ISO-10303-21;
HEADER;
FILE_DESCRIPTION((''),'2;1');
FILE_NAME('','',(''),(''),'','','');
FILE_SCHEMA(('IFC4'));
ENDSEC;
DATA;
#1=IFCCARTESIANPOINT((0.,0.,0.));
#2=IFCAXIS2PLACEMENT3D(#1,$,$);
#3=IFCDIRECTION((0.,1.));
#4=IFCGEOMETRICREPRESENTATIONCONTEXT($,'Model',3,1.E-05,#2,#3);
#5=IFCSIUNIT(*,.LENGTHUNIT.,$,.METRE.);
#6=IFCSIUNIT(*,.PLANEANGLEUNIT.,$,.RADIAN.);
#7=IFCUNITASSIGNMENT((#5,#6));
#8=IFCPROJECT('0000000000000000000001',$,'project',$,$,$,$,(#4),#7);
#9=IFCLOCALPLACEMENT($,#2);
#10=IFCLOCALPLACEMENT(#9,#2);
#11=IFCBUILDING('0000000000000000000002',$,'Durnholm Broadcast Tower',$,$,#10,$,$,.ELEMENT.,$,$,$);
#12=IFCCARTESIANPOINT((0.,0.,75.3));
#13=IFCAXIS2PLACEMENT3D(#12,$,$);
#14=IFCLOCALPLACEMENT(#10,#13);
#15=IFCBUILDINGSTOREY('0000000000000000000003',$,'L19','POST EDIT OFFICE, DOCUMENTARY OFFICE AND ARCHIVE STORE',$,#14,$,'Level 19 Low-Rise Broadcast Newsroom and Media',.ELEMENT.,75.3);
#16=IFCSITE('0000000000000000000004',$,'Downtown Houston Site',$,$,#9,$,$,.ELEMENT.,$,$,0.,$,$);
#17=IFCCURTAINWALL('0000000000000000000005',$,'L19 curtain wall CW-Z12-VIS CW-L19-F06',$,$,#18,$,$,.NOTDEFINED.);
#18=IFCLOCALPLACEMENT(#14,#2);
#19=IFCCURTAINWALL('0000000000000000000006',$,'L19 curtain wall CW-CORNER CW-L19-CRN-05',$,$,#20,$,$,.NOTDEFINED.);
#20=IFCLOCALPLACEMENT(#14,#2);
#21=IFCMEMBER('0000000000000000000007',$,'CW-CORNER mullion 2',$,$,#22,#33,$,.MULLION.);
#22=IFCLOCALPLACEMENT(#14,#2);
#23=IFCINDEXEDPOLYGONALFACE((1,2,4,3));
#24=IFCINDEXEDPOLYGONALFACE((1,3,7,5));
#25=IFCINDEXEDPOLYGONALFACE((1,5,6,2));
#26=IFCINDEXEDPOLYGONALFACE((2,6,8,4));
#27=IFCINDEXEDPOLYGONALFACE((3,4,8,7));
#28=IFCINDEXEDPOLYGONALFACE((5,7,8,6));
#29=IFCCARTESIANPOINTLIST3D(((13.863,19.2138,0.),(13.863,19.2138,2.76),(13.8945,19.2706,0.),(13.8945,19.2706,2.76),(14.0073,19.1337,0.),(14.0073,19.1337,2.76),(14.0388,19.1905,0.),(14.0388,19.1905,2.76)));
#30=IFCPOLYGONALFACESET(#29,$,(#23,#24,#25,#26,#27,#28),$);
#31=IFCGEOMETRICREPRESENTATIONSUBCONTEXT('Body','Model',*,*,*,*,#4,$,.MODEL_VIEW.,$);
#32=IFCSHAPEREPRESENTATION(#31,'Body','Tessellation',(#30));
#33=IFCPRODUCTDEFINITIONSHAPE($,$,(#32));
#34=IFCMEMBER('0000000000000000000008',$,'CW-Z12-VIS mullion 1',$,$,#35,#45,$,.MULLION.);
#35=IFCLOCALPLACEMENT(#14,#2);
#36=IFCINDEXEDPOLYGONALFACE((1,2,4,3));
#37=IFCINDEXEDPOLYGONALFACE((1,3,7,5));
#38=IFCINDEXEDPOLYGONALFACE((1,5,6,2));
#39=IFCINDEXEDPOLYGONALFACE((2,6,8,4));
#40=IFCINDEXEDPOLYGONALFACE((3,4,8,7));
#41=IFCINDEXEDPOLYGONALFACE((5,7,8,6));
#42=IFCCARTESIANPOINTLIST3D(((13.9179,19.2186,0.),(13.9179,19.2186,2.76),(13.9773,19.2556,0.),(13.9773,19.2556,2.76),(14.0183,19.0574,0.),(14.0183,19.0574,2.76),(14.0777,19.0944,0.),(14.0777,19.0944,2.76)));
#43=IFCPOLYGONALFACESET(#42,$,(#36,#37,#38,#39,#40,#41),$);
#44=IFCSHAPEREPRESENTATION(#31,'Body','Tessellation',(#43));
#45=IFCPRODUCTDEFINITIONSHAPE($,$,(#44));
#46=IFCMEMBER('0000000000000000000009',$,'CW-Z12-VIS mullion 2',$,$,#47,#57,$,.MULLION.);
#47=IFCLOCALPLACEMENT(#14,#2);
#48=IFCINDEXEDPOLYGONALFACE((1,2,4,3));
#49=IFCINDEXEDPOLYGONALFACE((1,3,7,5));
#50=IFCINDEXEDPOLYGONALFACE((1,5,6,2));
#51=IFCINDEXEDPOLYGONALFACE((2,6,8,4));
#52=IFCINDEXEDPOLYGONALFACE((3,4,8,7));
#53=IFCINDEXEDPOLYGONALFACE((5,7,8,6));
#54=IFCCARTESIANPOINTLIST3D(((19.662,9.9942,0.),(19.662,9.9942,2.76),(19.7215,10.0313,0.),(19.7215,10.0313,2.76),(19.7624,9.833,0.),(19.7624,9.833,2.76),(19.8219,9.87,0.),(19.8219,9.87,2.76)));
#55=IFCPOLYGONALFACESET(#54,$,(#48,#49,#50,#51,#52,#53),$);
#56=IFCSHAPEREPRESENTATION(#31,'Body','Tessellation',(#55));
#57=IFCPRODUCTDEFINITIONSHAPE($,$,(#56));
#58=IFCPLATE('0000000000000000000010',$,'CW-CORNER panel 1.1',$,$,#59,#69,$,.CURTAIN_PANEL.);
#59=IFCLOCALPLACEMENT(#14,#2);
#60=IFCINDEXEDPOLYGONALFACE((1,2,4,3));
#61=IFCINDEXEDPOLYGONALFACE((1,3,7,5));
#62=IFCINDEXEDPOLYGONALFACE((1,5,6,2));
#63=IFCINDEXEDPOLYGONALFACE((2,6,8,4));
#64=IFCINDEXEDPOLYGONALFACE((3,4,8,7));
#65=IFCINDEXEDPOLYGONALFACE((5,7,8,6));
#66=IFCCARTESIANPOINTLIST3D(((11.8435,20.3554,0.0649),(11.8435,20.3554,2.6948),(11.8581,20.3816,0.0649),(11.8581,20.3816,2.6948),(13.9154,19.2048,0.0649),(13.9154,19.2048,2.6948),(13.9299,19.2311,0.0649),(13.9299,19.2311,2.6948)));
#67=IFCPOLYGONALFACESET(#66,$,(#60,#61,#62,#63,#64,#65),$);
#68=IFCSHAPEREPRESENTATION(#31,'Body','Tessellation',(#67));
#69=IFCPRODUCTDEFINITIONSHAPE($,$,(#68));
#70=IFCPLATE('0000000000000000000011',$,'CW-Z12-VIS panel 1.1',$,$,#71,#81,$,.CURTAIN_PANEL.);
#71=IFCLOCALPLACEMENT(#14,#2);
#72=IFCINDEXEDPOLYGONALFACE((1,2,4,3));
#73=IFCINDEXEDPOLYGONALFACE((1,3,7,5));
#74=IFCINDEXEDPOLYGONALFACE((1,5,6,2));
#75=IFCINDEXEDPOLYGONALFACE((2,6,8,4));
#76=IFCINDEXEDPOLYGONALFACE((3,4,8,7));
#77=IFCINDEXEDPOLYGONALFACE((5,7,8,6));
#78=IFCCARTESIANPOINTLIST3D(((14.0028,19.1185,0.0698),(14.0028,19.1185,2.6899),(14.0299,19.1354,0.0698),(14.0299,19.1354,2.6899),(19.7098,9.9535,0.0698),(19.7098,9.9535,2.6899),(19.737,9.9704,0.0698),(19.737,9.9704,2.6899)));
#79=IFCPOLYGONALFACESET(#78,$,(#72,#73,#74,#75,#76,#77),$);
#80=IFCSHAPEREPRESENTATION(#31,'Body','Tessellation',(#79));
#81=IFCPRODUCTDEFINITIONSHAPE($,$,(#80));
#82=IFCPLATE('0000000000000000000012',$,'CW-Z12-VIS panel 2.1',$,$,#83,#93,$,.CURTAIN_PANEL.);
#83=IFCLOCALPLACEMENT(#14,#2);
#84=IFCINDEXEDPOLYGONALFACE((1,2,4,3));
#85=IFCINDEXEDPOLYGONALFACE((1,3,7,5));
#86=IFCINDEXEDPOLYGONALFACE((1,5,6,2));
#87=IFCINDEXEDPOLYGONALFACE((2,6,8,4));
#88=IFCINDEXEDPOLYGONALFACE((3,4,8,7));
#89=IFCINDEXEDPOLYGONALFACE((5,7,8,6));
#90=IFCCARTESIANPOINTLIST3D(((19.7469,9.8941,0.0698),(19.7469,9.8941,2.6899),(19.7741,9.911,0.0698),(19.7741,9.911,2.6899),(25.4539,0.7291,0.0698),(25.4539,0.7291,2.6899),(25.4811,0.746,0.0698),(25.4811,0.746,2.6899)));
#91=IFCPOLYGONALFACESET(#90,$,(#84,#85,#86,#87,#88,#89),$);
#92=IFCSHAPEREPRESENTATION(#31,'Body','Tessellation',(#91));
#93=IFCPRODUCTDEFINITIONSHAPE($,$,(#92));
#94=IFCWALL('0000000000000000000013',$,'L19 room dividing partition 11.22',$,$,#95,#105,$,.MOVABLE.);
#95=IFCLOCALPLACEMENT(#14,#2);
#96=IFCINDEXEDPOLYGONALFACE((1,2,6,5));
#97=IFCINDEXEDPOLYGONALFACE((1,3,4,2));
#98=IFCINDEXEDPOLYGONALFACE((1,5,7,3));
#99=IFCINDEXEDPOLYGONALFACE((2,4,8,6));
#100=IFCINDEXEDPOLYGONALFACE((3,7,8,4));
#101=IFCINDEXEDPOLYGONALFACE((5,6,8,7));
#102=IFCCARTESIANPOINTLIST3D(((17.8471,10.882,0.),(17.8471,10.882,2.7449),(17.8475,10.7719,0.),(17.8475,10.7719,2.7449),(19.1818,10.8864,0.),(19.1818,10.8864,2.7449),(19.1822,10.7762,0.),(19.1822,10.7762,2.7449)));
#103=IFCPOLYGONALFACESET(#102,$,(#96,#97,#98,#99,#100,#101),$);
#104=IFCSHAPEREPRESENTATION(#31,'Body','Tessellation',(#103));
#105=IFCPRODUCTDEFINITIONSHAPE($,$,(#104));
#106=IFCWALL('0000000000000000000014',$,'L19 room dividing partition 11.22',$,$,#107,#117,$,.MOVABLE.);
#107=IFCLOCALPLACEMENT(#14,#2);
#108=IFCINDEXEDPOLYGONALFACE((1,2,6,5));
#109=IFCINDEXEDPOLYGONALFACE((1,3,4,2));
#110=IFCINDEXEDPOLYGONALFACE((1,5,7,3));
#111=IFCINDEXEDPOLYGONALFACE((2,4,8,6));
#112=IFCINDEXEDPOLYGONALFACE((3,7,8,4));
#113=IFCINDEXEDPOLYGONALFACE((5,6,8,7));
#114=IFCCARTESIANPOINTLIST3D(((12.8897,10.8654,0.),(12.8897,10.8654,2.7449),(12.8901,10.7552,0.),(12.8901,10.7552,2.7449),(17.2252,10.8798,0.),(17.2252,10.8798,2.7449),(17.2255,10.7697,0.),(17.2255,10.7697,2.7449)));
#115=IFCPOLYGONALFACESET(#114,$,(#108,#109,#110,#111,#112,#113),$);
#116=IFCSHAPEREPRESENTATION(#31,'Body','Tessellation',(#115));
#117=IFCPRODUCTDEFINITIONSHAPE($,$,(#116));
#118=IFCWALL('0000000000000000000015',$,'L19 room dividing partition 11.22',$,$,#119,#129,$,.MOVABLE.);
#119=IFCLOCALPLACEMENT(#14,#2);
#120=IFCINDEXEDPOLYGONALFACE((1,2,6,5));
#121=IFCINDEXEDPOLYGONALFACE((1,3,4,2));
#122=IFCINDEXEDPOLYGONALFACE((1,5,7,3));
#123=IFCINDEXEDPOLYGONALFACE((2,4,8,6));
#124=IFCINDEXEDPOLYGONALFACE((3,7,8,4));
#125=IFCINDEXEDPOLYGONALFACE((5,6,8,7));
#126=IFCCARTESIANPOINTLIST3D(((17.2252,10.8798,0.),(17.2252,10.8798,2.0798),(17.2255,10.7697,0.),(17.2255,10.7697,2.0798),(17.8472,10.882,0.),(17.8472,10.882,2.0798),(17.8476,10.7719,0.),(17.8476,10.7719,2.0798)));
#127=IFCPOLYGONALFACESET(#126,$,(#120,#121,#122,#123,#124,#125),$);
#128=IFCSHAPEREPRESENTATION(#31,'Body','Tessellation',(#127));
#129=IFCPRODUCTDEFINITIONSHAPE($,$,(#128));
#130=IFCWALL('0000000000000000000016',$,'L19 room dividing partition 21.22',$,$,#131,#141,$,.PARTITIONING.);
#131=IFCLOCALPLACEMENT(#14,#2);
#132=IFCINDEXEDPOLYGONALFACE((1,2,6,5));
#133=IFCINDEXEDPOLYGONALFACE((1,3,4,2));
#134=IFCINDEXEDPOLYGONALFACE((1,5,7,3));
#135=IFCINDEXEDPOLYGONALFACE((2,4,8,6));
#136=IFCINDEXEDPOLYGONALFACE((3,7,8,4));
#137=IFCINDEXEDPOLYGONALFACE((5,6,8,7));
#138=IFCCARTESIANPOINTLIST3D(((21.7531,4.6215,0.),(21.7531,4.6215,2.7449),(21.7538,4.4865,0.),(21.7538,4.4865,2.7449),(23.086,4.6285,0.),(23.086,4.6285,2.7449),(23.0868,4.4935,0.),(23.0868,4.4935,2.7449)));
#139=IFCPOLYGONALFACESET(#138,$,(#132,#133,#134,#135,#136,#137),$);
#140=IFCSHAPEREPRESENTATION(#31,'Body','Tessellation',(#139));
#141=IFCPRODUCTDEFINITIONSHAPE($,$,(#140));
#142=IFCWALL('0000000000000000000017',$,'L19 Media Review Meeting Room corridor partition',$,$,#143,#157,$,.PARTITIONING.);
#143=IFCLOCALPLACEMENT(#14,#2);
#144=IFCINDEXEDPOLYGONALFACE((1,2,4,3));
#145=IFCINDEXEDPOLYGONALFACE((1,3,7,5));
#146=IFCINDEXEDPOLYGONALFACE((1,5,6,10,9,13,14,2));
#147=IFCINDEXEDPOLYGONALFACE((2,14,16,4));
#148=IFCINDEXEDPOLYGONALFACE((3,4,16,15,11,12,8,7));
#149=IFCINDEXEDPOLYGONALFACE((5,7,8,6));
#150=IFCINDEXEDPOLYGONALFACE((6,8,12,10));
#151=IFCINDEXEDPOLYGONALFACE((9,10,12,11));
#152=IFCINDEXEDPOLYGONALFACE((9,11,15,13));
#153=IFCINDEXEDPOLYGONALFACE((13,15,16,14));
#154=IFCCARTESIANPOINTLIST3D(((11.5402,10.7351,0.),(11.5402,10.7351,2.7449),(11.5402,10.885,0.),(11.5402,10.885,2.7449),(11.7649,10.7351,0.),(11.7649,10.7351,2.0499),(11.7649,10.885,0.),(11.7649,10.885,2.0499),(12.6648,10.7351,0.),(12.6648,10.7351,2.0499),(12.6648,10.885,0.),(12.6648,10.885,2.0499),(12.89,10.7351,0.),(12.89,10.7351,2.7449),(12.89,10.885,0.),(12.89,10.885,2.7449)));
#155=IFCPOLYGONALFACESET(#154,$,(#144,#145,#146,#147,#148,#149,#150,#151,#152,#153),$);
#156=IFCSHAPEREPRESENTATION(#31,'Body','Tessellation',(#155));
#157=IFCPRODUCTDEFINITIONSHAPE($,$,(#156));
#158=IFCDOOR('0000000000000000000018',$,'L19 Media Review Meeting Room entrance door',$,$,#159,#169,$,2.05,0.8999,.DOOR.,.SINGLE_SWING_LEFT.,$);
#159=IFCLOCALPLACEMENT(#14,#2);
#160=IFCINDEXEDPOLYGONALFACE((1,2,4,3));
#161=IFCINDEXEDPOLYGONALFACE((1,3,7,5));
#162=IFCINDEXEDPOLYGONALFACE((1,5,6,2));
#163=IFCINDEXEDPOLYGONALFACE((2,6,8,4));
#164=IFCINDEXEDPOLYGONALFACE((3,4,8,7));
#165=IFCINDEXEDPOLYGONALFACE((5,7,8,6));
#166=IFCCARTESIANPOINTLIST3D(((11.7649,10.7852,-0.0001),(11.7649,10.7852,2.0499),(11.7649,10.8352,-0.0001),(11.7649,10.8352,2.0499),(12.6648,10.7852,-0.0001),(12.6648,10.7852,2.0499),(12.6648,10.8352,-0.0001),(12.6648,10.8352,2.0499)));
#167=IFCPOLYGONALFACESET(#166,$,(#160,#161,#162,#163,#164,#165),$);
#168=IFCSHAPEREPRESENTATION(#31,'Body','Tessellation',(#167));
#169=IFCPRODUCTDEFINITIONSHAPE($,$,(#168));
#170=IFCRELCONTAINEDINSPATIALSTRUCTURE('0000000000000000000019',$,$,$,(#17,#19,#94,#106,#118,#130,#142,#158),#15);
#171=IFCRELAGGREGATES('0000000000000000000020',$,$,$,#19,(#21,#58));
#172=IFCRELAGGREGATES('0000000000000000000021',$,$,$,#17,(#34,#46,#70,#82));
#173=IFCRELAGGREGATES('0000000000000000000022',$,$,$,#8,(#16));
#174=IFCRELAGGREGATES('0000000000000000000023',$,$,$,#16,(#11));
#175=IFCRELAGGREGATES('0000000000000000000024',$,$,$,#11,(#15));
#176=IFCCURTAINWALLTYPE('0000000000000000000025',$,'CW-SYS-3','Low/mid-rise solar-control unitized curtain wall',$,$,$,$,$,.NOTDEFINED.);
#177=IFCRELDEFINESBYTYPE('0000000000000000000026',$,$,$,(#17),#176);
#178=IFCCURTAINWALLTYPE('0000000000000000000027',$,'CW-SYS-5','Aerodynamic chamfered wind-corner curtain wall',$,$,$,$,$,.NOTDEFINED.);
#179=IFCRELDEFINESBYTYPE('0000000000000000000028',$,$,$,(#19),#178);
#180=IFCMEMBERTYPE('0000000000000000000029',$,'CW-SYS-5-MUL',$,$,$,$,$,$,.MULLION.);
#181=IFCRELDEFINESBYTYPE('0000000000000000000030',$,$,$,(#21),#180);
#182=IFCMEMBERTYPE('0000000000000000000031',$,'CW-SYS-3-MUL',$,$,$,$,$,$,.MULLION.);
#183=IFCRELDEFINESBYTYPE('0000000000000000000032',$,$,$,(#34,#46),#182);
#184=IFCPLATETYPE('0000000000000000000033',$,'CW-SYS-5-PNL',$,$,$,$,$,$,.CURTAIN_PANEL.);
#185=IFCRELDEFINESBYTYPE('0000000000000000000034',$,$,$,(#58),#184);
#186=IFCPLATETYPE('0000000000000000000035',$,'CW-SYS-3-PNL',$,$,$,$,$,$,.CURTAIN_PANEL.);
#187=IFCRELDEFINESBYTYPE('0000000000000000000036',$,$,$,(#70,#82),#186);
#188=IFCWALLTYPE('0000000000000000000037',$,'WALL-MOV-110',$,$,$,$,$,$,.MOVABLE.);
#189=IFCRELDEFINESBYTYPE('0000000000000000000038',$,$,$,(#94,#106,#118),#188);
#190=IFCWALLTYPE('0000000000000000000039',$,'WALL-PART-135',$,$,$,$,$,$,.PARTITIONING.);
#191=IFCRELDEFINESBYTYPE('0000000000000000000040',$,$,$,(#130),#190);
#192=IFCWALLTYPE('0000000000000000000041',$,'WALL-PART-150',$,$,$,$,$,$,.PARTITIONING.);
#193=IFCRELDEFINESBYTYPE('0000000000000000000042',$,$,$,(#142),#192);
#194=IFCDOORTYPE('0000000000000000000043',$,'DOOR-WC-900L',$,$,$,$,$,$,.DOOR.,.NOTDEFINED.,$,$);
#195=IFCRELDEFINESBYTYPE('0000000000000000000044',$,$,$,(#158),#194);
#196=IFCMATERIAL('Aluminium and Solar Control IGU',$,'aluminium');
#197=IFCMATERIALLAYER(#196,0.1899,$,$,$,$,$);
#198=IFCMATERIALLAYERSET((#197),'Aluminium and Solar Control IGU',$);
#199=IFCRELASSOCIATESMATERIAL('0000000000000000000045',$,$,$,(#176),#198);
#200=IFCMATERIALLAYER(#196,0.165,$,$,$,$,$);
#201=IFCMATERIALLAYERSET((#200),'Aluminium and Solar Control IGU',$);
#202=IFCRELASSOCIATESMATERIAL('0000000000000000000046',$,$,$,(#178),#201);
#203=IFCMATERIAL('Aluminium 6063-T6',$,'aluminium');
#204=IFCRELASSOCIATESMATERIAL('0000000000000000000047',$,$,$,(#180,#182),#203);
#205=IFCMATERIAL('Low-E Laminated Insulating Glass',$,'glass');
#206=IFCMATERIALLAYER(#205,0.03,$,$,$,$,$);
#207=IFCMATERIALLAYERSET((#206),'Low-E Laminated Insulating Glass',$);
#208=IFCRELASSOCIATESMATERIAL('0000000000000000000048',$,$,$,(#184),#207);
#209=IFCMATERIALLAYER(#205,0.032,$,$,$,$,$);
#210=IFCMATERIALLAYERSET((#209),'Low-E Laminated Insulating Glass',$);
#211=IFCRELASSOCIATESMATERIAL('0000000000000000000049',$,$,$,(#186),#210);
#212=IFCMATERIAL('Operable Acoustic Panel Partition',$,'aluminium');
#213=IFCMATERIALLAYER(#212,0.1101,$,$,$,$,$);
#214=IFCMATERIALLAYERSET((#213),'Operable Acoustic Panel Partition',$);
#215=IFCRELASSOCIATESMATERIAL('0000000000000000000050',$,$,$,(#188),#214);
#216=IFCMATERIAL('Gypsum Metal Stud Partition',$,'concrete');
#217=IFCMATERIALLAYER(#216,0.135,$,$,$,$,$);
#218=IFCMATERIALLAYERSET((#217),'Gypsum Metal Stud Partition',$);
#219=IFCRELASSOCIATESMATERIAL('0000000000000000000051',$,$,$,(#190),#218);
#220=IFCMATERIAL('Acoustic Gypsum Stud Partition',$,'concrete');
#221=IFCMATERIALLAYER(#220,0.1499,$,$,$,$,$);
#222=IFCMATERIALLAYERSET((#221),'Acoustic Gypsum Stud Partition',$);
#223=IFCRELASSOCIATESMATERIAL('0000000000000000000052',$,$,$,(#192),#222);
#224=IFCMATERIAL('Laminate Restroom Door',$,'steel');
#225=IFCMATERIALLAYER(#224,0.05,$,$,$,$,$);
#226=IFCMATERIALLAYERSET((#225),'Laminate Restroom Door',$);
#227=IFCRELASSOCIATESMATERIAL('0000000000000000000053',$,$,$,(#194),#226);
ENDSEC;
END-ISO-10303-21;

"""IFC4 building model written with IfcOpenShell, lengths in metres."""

from ifc_helpers import new_model, si_unit, direction, frame, frame_2d, origin, origin_2d, place, context, subcontext, project, spatial, rectangle, extrude, source, transform, mapped, material, layer, layer_set, material_profile, profile_set, type_object, type_shapes, element, fill, aggregate, save


model = new_model("IFC4")

# Units and contexts
model_context = context("Model", 3, precision=1e-05, world=origin(), true_north=direction((0.0, 1.0)))
body_context = subcontext(model_context, "Body", "Model", "MODEL_VIEW")
ifc_project = project(units=[si_unit("LENGTHUNIT", "METRE"), si_unit("PLANEANGLEUNIT", "RADIAN")], contexts=[model_context])

# Site, building, storey
site_placement = place(None, origin())
site = spatial("IfcSite", under=ifc_project, at=site_placement, Name="Downtown Houston Site", CompositionType="ELEMENT", RefElevation=0.0)
building_placement = place(site_placement, origin())
building = spatial("IfcBuilding", under=site, at=building_placement, Name="Durnholm Broadcast Tower", CompositionType="ELEMENT")
storey_placement = place(building_placement, frame((0.0, 0.0, 75.3)))
storey = spatial("IfcBuildingStorey", under=building, at=storey_placement, Name="L19", Description="POST EDIT OFFICE, DOCUMENTARY OFFICE AND ARCHIVE STORE", LongName="Level 19 Low-Rise Broadcast Newsroom and Media", CompositionType="ELEMENT", Elevation=75.3)

# Curtain wall
ifc_material_1 = material(Name="Aluminium and Solar Control IGU", Category="aluminium")
ifc_layer_1 = layer(ifc_material_1, 0.1899)
ifc_layer_set_1 = layer_set([ifc_layer_1], Name="Aluminium and Solar Control IGU")
curtain_wall_type_1 = type_object("IfcCurtainWallType", Name="CW-SYS-3", Description="Low/mid-rise solar-control unitized curtain wall", PredefinedType="NOTDEFINED", material=ifc_layer_set_1)
curtain_wall_1_placement = place(storey_placement, origin())
curtain_wall_1 = element("IfcCurtainWall", 1, at=curtain_wall_1_placement, inside=storey, type_object=curtain_wall_type_1, Name="L19 curtain wall CW-Z12-VIS CW-L19-F06", PredefinedType="NOTDEFINED")
ifc_material_2 = material(Name="Aluminium 6063-T6", Category="aluminium")

# Curtain wall, member
ifc_layer_2 = layer(ifc_material_1, 0.165)
ifc_layer_set_2 = layer_set([ifc_layer_2], Name="Aluminium and Solar Control IGU")
curtain_wall_type_2 = type_object("IfcCurtainWallType", Name="CW-SYS-5", Description="Aerodynamic chamfered wind-corner curtain wall", PredefinedType="NOTDEFINED", material=ifc_layer_set_2)
curtain_wall_2_placement = place(storey_placement, origin())
curtain_wall_2 = element("IfcCurtainWall", 2, at=curtain_wall_2_placement, inside=storey, type_object=curtain_wall_type_2, Name="L19 curtain wall CW-CORNER CW-L19-CRN-05", PredefinedType="NOTDEFINED")
ifc_material_profile_1 = material_profile(ifc_material_2, rectangle(XDim=0.0649, YDim=0.165, at=origin_2d()), Name="CWM65X165")
ifc_profile_set_1 = profile_set([ifc_material_profile_1], Name="Aluminium 6063-T6")
member_type_1 = type_object("IfcMemberType", Name="CW-SYS-5-MUL", PredefinedType="MULLION", material=ifc_profile_set_1)
shared_shape_1 = source(origin(), body_context, "Body", "SweptSolid", [
    extrude(rectangle(XDim=0.0649, YDim=0.165, at=origin_2d()), origin(), (0.0, 0.0, 1.0), 2.76),
])
type_shapes(member_type_1, [shared_shape_1])
member_1_placement = place(storey_placement, frame((13.9509, 19.2021, 0.0), z_axis=(0.0, 0.0, 1.0), x_axis=(0.485483, 0.874246, 0.0)))
member_1 = element("IfcMember", 3, at=member_1_placement, type_object=member_type_1, Name="CW-CORNER mullion 2", PredefinedType="MULLION", context=body_context, shape_type="MappedRepresentation", body=[
    mapped(shared_shape_1, transform((0.0, 0.0, 0.0), x_axis=(1.0, 0.0, 0.0), y_axis=(0.0, 1.0, 0.0), z_axis=(0.0, 0.0, 1.0), scale=1.0)),
])

# Members
ifc_material_profile_2 = material_profile(ifc_material_2, rectangle(XDim=0.0701, YDim=0.1899, at=origin_2d()), Name="CWM70X190")
ifc_profile_set_2 = profile_set([ifc_material_profile_2], Name="Aluminium 6063-T6")
member_type_2 = type_object("IfcMemberType", Name="CW-SYS-3-MUL", PredefinedType="MULLION", material=ifc_profile_set_2)
shared_shape_2 = source(origin(), body_context, "Body", "SweptSolid", [
    extrude(rectangle(XDim=0.0701, YDim=0.1899, at=origin_2d()), origin(), (0.0, 0.0, 1.0), 2.76),
])
type_shapes(member_type_2, [shared_shape_2])
member_2_placement = place(storey_placement, frame((13.9978, 19.1565, 0.0), z_axis=(0.0, 0.0, 1.0), x_axis=(0.848876, 0.528592, 0.0)))
member_2 = element("IfcMember", 4, at=member_2_placement, type_object=member_type_2, Name="CW-Z12-VIS mullion 1", PredefinedType="MULLION", context=body_context, shape_type="MappedRepresentation", body=[
    mapped(shared_shape_2, transform((0.0, 0.0, 0.0), x_axis=(1.0, 0.0, 0.0), y_axis=(0.0, 1.0, 0.0), z_axis=(0.0, 0.0, 1.0), scale=1.0)),
])
member_3_placement = place(storey_placement, frame((19.7419, 9.9321, 0.0), z_axis=(0.0, 0.0, 1.0), x_axis=(0.848876, 0.528592, 0.0)))
member_3 = element("IfcMember", 5, at=member_3_placement, type_object=member_type_2, Name="CW-Z12-VIS mullion 2", PredefinedType="MULLION", context=body_context, shape_type="MappedRepresentation", body=[
    mapped(shared_shape_2, transform((0.0, 0.0, 0.0), x_axis=(1.0, 0.0, 0.0), y_axis=(0.0, 1.0, 0.0), z_axis=(0.0, 0.0, 1.0), scale=1.0)),
])

# Plates
ifc_material_3 = material(Name="Low-E Laminated Insulating Glass", Category="glass")
ifc_layer_3 = layer(ifc_material_3, 0.03)
ifc_layer_set_3 = layer_set([ifc_layer_3], Name="Low-E Laminated Insulating Glass")
plate_type_1 = type_object("IfcPlateType", Name="CW-SYS-5-PNL", PredefinedType="CURTAIN_PANEL", material=ifc_layer_set_3)
shared_shape_3 = source(origin(), body_context, "Body", "SweptSolid", [
    extrude(rectangle(XDim=2.3699, YDim=0.03, at=origin_2d()), origin(), (0.0, 0.0, 1.0), 2.6299),
])
type_shapes(plate_type_1, [shared_shape_3])
plate_1_placement = place(storey_placement, frame((12.8867, 19.7932, 0.0649), z_axis=(0.0, 0.0, 1.0), x_axis=(0.874246, -0.485483, 0.0)))
plate_1 = element("IfcPlate", 6, at=plate_1_placement, type_object=plate_type_1, Name="CW-CORNER panel 1.1", PredefinedType="CURTAIN_PANEL", context=body_context, shape_type="MappedRepresentation", body=[
    mapped(shared_shape_3, transform((0.0, 0.0, 0.0), x_axis=(1.0, 0.0, 0.0), y_axis=(0.0, 1.0, 0.0), z_axis=(0.0, 0.0, 1.0), scale=1.0)),
])
aggregate(curtain_wall_2, [member_1, plate_1])
ifc_layer_4 = layer(ifc_material_3, 0.032)
ifc_layer_set_4 = layer_set([ifc_layer_4], Name="Low-E Laminated Insulating Glass")
plate_type_2 = type_object("IfcPlateType", Name="CW-SYS-3-PNL", PredefinedType="CURTAIN_PANEL", material=ifc_layer_set_4)
shared_shape_4 = source(origin(), body_context, "Body", "SweptSolid", [
    extrude(rectangle(XDim=10.7966, YDim=0.032, at=origin_2d()), origin(), (0.0, 0.0, 1.0), 2.6201),
])
type_shapes(plate_type_2, [shared_shape_4])
plate_2_placement = place(storey_placement, frame((16.8699, 14.5444, 0.0698), z_axis=(0.0, 0.0, 1.0), x_axis=(0.528592, -0.848876, 0.0)))
plate_2 = element("IfcPlate", 7, at=plate_2_placement, type_object=plate_type_2, Name="CW-Z12-VIS panel 1.1", PredefinedType="CURTAIN_PANEL", context=body_context, shape_type="MappedRepresentation", body=[
    mapped(shared_shape_4, transform((0.0, 0.0, 0.0), x_axis=(1.0, 0.0, 0.0), y_axis=(0.0, 1.0, 0.0), z_axis=(0.0, 0.0, 1.0), scale=1.0)),
])
plate_3_placement = place(storey_placement, frame((22.614, 5.3201, 0.0698), z_axis=(0.0, 0.0, 1.0), x_axis=(0.528592, -0.848876, 0.0)))
plate_3 = element("IfcPlate", 8, at=plate_3_placement, type_object=plate_type_2, Name="CW-Z12-VIS panel 2.1", PredefinedType="CURTAIN_PANEL", context=body_context, shape_type="MappedRepresentation", body=[
    mapped(shared_shape_4, transform((0.0, 0.0, 0.0), x_axis=(1.0, 0.0, 0.0), y_axis=(0.0, 1.0, 0.0), z_axis=(0.0, 0.0, 1.0), scale=1.0)),
])
aggregate(curtain_wall_1, [member_2, member_3, plate_2, plate_3])

# Walls
ifc_material_4 = material(Name="Operable Acoustic Panel Partition", Category="aluminium")
ifc_layer_5 = layer(ifc_material_4, 0.1101)
ifc_layer_set_5 = layer_set([ifc_layer_5], Name="Operable Acoustic Panel Partition")
wall_type_1 = type_object("IfcWallType", Name="WALL-MOV-110", PredefinedType="MOVABLE", material=ifc_layer_set_5)
wall_1_placement = place(storey_placement, frame((19.1821, 10.8313, 0.0), z_axis=(0.0, 0.0, 1.0), x_axis=(-0.999995, -0.003292, 0.0)))
element("IfcWall", 9, at=wall_1_placement, inside=storey, type_object=wall_type_1, Name="L19 room dividing partition 11.22", PredefinedType="MOVABLE", context=body_context, shape_type="SweptSolid", body=[
    extrude(rectangle(XDim=1.3347, YDim=0.1101, at=frame_2d((0.6675, 0.0))), origin(), (0.0, 0.0, 1.0), 2.7449),
])
wall_2_placement = place(storey_placement, frame((17.2253, 10.8247, 0.0), z_axis=(0.0, 0.0, 1.0), x_axis=(-0.999994, -0.003322, 0.0)))
element("IfcWall", 10, at=wall_2_placement, inside=storey, type_object=wall_type_1, Name="L19 room dividing partition 11.22", PredefinedType="MOVABLE", context=body_context, shape_type="SweptSolid", body=[
    extrude(rectangle(XDim=4.3354, YDim=0.1101, at=frame_2d((2.1677, 0.0))), origin(), (0.0, 0.0, 1.0), 2.7449),
])
wall_3_placement = place(storey_placement, frame((17.8474, 10.8269, 0.0), z_axis=(0.0, 0.0, 1.0), x_axis=(-0.999994, -0.003532, 0.0)))
element("IfcWall", 11, at=wall_3_placement, inside=storey, type_object=wall_type_1, Name="L19 room dividing partition 11.22", PredefinedType="MOVABLE", context=body_context, shape_type="SweptSolid", body=[
    extrude(rectangle(XDim=0.6221, YDim=0.1101, at=frame_2d((0.311, 0.0))), origin(), (0.0, 0.0, 1.0), 2.0798),
])
ifc_material_5 = material(Name="Gypsum Metal Stud Partition", Category="concrete")
ifc_layer_6 = layer(ifc_material_5, 0.135)
ifc_layer_set_6 = layer_set([ifc_layer_6], Name="Gypsum Metal Stud Partition")
wall_type_2 = type_object("IfcWallType", Name="WALL-PART-135", PredefinedType="PARTITIONING", material=ifc_layer_set_6)
wall_4_placement = place(storey_placement, frame((21.7534, 4.554, 0.0), z_axis=(0.0, 0.0, 1.0), x_axis=(0.999986, 0.005311, 0.0)))
element("IfcWall", 12, at=wall_4_placement, inside=storey, type_object=wall_type_2, Name="L19 room dividing partition 21.22", PredefinedType="PARTITIONING", context=body_context, shape_type="SweptSolid", body=[
    extrude(rectangle(XDim=1.333, YDim=0.135, at=frame_2d((0.6665, 0.0))), origin(), (0.0, 0.0, 1.0), 2.7449),
])

# Wall, opening, door
ifc_material_6 = material(Name="Acoustic Gypsum Stud Partition", Category="concrete")
ifc_layer_7 = layer(ifc_material_6, 0.1499)
ifc_layer_set_7 = layer_set([ifc_layer_7], Name="Acoustic Gypsum Stud Partition")
wall_type_3 = type_object("IfcWallType", Name="WALL-PART-150", PredefinedType="PARTITIONING", material=ifc_layer_set_7)
wall_5_placement = place(storey_placement, frame((12.8899, 10.8101, 0.0), z_axis=(0.0, 0.0, 1.0), x_axis=(-1.0, 0.0, 0.0)))
wall_5 = element("IfcWall", 13, at=wall_5_placement, inside=storey, type_object=wall_type_3, Name="L19 Media Review Meeting Room corridor partition", PredefinedType="PARTITIONING", context=body_context, shape_type="SweptSolid", body=[
    extrude(rectangle(XDim=1.3499, YDim=0.1499, at=frame_2d((0.6748, 0.0))), origin(), (0.0, 0.0, 1.0), 2.7449),
])
opening_placement = place(wall_5_placement, frame((0.2251, 0.0, 0.0)))
opening = element("IfcOpeningElement", 14, at=opening_placement, cuts=wall_5, PredefinedType="OPENING", context=body_context, shape_type="SweptSolid", body=[
    extrude(rectangle(XDim=0.8999, YDim=2.05, at=frame_2d((0.45, 1.0249))), frame((0.0, 0.085, 0.0), z_axis=(0.0, -1.0, 0.0), x_axis=(1.0, 0.0, 0.0)), (0.0, 0.0, 1.0), 0.1699),
])
ifc_material_7 = material(Name="Laminate Restroom Door", Category="steel")
ifc_layer_8 = layer(ifc_material_7, 0.05)
ifc_layer_set_8 = layer_set([ifc_layer_8], Name="Laminate Restroom Door")
door_type = type_object("IfcDoorType", Name="DOOR-WC-900L", OperationType="NOTDEFINED", PredefinedType="DOOR", material=ifc_layer_set_8)
shared_shape_5 = source(origin(), body_context, "Body", "SweptSolid", [
    extrude(rectangle(XDim=0.8999, YDim=2.05, at=frame_2d((0.45, 1.0249))), frame((0.0, 0.0249, 0.0), z_axis=(0.0, -1.0, 0.0), x_axis=(1.0, 0.0, 0.0)), (0.0, 0.0, 1.0), 0.05),
])
type_shapes(door_type, [shared_shape_5])
door_placement = place(opening_placement, origin())
door = element("IfcDoor", 15, at=door_placement, inside=storey, type_object=door_type, Name="L19 Media Review Meeting Room entrance door", OperationType="SINGLE_SWING_LEFT", OverallHeight=2.05, OverallWidth=0.8999, PredefinedType="DOOR", context=body_context, shape_type="MappedRepresentation", body=[
    mapped(shared_shape_5, transform((0.0, 0.0, 0.0), x_axis=(1.0, 0.0, 0.0), y_axis=(0.0, 1.0, 0.0), z_axis=(0.0, 0.0, 1.0), scale=1.0)),
])
fill(opening, door)

save(model, "model.ifc")
